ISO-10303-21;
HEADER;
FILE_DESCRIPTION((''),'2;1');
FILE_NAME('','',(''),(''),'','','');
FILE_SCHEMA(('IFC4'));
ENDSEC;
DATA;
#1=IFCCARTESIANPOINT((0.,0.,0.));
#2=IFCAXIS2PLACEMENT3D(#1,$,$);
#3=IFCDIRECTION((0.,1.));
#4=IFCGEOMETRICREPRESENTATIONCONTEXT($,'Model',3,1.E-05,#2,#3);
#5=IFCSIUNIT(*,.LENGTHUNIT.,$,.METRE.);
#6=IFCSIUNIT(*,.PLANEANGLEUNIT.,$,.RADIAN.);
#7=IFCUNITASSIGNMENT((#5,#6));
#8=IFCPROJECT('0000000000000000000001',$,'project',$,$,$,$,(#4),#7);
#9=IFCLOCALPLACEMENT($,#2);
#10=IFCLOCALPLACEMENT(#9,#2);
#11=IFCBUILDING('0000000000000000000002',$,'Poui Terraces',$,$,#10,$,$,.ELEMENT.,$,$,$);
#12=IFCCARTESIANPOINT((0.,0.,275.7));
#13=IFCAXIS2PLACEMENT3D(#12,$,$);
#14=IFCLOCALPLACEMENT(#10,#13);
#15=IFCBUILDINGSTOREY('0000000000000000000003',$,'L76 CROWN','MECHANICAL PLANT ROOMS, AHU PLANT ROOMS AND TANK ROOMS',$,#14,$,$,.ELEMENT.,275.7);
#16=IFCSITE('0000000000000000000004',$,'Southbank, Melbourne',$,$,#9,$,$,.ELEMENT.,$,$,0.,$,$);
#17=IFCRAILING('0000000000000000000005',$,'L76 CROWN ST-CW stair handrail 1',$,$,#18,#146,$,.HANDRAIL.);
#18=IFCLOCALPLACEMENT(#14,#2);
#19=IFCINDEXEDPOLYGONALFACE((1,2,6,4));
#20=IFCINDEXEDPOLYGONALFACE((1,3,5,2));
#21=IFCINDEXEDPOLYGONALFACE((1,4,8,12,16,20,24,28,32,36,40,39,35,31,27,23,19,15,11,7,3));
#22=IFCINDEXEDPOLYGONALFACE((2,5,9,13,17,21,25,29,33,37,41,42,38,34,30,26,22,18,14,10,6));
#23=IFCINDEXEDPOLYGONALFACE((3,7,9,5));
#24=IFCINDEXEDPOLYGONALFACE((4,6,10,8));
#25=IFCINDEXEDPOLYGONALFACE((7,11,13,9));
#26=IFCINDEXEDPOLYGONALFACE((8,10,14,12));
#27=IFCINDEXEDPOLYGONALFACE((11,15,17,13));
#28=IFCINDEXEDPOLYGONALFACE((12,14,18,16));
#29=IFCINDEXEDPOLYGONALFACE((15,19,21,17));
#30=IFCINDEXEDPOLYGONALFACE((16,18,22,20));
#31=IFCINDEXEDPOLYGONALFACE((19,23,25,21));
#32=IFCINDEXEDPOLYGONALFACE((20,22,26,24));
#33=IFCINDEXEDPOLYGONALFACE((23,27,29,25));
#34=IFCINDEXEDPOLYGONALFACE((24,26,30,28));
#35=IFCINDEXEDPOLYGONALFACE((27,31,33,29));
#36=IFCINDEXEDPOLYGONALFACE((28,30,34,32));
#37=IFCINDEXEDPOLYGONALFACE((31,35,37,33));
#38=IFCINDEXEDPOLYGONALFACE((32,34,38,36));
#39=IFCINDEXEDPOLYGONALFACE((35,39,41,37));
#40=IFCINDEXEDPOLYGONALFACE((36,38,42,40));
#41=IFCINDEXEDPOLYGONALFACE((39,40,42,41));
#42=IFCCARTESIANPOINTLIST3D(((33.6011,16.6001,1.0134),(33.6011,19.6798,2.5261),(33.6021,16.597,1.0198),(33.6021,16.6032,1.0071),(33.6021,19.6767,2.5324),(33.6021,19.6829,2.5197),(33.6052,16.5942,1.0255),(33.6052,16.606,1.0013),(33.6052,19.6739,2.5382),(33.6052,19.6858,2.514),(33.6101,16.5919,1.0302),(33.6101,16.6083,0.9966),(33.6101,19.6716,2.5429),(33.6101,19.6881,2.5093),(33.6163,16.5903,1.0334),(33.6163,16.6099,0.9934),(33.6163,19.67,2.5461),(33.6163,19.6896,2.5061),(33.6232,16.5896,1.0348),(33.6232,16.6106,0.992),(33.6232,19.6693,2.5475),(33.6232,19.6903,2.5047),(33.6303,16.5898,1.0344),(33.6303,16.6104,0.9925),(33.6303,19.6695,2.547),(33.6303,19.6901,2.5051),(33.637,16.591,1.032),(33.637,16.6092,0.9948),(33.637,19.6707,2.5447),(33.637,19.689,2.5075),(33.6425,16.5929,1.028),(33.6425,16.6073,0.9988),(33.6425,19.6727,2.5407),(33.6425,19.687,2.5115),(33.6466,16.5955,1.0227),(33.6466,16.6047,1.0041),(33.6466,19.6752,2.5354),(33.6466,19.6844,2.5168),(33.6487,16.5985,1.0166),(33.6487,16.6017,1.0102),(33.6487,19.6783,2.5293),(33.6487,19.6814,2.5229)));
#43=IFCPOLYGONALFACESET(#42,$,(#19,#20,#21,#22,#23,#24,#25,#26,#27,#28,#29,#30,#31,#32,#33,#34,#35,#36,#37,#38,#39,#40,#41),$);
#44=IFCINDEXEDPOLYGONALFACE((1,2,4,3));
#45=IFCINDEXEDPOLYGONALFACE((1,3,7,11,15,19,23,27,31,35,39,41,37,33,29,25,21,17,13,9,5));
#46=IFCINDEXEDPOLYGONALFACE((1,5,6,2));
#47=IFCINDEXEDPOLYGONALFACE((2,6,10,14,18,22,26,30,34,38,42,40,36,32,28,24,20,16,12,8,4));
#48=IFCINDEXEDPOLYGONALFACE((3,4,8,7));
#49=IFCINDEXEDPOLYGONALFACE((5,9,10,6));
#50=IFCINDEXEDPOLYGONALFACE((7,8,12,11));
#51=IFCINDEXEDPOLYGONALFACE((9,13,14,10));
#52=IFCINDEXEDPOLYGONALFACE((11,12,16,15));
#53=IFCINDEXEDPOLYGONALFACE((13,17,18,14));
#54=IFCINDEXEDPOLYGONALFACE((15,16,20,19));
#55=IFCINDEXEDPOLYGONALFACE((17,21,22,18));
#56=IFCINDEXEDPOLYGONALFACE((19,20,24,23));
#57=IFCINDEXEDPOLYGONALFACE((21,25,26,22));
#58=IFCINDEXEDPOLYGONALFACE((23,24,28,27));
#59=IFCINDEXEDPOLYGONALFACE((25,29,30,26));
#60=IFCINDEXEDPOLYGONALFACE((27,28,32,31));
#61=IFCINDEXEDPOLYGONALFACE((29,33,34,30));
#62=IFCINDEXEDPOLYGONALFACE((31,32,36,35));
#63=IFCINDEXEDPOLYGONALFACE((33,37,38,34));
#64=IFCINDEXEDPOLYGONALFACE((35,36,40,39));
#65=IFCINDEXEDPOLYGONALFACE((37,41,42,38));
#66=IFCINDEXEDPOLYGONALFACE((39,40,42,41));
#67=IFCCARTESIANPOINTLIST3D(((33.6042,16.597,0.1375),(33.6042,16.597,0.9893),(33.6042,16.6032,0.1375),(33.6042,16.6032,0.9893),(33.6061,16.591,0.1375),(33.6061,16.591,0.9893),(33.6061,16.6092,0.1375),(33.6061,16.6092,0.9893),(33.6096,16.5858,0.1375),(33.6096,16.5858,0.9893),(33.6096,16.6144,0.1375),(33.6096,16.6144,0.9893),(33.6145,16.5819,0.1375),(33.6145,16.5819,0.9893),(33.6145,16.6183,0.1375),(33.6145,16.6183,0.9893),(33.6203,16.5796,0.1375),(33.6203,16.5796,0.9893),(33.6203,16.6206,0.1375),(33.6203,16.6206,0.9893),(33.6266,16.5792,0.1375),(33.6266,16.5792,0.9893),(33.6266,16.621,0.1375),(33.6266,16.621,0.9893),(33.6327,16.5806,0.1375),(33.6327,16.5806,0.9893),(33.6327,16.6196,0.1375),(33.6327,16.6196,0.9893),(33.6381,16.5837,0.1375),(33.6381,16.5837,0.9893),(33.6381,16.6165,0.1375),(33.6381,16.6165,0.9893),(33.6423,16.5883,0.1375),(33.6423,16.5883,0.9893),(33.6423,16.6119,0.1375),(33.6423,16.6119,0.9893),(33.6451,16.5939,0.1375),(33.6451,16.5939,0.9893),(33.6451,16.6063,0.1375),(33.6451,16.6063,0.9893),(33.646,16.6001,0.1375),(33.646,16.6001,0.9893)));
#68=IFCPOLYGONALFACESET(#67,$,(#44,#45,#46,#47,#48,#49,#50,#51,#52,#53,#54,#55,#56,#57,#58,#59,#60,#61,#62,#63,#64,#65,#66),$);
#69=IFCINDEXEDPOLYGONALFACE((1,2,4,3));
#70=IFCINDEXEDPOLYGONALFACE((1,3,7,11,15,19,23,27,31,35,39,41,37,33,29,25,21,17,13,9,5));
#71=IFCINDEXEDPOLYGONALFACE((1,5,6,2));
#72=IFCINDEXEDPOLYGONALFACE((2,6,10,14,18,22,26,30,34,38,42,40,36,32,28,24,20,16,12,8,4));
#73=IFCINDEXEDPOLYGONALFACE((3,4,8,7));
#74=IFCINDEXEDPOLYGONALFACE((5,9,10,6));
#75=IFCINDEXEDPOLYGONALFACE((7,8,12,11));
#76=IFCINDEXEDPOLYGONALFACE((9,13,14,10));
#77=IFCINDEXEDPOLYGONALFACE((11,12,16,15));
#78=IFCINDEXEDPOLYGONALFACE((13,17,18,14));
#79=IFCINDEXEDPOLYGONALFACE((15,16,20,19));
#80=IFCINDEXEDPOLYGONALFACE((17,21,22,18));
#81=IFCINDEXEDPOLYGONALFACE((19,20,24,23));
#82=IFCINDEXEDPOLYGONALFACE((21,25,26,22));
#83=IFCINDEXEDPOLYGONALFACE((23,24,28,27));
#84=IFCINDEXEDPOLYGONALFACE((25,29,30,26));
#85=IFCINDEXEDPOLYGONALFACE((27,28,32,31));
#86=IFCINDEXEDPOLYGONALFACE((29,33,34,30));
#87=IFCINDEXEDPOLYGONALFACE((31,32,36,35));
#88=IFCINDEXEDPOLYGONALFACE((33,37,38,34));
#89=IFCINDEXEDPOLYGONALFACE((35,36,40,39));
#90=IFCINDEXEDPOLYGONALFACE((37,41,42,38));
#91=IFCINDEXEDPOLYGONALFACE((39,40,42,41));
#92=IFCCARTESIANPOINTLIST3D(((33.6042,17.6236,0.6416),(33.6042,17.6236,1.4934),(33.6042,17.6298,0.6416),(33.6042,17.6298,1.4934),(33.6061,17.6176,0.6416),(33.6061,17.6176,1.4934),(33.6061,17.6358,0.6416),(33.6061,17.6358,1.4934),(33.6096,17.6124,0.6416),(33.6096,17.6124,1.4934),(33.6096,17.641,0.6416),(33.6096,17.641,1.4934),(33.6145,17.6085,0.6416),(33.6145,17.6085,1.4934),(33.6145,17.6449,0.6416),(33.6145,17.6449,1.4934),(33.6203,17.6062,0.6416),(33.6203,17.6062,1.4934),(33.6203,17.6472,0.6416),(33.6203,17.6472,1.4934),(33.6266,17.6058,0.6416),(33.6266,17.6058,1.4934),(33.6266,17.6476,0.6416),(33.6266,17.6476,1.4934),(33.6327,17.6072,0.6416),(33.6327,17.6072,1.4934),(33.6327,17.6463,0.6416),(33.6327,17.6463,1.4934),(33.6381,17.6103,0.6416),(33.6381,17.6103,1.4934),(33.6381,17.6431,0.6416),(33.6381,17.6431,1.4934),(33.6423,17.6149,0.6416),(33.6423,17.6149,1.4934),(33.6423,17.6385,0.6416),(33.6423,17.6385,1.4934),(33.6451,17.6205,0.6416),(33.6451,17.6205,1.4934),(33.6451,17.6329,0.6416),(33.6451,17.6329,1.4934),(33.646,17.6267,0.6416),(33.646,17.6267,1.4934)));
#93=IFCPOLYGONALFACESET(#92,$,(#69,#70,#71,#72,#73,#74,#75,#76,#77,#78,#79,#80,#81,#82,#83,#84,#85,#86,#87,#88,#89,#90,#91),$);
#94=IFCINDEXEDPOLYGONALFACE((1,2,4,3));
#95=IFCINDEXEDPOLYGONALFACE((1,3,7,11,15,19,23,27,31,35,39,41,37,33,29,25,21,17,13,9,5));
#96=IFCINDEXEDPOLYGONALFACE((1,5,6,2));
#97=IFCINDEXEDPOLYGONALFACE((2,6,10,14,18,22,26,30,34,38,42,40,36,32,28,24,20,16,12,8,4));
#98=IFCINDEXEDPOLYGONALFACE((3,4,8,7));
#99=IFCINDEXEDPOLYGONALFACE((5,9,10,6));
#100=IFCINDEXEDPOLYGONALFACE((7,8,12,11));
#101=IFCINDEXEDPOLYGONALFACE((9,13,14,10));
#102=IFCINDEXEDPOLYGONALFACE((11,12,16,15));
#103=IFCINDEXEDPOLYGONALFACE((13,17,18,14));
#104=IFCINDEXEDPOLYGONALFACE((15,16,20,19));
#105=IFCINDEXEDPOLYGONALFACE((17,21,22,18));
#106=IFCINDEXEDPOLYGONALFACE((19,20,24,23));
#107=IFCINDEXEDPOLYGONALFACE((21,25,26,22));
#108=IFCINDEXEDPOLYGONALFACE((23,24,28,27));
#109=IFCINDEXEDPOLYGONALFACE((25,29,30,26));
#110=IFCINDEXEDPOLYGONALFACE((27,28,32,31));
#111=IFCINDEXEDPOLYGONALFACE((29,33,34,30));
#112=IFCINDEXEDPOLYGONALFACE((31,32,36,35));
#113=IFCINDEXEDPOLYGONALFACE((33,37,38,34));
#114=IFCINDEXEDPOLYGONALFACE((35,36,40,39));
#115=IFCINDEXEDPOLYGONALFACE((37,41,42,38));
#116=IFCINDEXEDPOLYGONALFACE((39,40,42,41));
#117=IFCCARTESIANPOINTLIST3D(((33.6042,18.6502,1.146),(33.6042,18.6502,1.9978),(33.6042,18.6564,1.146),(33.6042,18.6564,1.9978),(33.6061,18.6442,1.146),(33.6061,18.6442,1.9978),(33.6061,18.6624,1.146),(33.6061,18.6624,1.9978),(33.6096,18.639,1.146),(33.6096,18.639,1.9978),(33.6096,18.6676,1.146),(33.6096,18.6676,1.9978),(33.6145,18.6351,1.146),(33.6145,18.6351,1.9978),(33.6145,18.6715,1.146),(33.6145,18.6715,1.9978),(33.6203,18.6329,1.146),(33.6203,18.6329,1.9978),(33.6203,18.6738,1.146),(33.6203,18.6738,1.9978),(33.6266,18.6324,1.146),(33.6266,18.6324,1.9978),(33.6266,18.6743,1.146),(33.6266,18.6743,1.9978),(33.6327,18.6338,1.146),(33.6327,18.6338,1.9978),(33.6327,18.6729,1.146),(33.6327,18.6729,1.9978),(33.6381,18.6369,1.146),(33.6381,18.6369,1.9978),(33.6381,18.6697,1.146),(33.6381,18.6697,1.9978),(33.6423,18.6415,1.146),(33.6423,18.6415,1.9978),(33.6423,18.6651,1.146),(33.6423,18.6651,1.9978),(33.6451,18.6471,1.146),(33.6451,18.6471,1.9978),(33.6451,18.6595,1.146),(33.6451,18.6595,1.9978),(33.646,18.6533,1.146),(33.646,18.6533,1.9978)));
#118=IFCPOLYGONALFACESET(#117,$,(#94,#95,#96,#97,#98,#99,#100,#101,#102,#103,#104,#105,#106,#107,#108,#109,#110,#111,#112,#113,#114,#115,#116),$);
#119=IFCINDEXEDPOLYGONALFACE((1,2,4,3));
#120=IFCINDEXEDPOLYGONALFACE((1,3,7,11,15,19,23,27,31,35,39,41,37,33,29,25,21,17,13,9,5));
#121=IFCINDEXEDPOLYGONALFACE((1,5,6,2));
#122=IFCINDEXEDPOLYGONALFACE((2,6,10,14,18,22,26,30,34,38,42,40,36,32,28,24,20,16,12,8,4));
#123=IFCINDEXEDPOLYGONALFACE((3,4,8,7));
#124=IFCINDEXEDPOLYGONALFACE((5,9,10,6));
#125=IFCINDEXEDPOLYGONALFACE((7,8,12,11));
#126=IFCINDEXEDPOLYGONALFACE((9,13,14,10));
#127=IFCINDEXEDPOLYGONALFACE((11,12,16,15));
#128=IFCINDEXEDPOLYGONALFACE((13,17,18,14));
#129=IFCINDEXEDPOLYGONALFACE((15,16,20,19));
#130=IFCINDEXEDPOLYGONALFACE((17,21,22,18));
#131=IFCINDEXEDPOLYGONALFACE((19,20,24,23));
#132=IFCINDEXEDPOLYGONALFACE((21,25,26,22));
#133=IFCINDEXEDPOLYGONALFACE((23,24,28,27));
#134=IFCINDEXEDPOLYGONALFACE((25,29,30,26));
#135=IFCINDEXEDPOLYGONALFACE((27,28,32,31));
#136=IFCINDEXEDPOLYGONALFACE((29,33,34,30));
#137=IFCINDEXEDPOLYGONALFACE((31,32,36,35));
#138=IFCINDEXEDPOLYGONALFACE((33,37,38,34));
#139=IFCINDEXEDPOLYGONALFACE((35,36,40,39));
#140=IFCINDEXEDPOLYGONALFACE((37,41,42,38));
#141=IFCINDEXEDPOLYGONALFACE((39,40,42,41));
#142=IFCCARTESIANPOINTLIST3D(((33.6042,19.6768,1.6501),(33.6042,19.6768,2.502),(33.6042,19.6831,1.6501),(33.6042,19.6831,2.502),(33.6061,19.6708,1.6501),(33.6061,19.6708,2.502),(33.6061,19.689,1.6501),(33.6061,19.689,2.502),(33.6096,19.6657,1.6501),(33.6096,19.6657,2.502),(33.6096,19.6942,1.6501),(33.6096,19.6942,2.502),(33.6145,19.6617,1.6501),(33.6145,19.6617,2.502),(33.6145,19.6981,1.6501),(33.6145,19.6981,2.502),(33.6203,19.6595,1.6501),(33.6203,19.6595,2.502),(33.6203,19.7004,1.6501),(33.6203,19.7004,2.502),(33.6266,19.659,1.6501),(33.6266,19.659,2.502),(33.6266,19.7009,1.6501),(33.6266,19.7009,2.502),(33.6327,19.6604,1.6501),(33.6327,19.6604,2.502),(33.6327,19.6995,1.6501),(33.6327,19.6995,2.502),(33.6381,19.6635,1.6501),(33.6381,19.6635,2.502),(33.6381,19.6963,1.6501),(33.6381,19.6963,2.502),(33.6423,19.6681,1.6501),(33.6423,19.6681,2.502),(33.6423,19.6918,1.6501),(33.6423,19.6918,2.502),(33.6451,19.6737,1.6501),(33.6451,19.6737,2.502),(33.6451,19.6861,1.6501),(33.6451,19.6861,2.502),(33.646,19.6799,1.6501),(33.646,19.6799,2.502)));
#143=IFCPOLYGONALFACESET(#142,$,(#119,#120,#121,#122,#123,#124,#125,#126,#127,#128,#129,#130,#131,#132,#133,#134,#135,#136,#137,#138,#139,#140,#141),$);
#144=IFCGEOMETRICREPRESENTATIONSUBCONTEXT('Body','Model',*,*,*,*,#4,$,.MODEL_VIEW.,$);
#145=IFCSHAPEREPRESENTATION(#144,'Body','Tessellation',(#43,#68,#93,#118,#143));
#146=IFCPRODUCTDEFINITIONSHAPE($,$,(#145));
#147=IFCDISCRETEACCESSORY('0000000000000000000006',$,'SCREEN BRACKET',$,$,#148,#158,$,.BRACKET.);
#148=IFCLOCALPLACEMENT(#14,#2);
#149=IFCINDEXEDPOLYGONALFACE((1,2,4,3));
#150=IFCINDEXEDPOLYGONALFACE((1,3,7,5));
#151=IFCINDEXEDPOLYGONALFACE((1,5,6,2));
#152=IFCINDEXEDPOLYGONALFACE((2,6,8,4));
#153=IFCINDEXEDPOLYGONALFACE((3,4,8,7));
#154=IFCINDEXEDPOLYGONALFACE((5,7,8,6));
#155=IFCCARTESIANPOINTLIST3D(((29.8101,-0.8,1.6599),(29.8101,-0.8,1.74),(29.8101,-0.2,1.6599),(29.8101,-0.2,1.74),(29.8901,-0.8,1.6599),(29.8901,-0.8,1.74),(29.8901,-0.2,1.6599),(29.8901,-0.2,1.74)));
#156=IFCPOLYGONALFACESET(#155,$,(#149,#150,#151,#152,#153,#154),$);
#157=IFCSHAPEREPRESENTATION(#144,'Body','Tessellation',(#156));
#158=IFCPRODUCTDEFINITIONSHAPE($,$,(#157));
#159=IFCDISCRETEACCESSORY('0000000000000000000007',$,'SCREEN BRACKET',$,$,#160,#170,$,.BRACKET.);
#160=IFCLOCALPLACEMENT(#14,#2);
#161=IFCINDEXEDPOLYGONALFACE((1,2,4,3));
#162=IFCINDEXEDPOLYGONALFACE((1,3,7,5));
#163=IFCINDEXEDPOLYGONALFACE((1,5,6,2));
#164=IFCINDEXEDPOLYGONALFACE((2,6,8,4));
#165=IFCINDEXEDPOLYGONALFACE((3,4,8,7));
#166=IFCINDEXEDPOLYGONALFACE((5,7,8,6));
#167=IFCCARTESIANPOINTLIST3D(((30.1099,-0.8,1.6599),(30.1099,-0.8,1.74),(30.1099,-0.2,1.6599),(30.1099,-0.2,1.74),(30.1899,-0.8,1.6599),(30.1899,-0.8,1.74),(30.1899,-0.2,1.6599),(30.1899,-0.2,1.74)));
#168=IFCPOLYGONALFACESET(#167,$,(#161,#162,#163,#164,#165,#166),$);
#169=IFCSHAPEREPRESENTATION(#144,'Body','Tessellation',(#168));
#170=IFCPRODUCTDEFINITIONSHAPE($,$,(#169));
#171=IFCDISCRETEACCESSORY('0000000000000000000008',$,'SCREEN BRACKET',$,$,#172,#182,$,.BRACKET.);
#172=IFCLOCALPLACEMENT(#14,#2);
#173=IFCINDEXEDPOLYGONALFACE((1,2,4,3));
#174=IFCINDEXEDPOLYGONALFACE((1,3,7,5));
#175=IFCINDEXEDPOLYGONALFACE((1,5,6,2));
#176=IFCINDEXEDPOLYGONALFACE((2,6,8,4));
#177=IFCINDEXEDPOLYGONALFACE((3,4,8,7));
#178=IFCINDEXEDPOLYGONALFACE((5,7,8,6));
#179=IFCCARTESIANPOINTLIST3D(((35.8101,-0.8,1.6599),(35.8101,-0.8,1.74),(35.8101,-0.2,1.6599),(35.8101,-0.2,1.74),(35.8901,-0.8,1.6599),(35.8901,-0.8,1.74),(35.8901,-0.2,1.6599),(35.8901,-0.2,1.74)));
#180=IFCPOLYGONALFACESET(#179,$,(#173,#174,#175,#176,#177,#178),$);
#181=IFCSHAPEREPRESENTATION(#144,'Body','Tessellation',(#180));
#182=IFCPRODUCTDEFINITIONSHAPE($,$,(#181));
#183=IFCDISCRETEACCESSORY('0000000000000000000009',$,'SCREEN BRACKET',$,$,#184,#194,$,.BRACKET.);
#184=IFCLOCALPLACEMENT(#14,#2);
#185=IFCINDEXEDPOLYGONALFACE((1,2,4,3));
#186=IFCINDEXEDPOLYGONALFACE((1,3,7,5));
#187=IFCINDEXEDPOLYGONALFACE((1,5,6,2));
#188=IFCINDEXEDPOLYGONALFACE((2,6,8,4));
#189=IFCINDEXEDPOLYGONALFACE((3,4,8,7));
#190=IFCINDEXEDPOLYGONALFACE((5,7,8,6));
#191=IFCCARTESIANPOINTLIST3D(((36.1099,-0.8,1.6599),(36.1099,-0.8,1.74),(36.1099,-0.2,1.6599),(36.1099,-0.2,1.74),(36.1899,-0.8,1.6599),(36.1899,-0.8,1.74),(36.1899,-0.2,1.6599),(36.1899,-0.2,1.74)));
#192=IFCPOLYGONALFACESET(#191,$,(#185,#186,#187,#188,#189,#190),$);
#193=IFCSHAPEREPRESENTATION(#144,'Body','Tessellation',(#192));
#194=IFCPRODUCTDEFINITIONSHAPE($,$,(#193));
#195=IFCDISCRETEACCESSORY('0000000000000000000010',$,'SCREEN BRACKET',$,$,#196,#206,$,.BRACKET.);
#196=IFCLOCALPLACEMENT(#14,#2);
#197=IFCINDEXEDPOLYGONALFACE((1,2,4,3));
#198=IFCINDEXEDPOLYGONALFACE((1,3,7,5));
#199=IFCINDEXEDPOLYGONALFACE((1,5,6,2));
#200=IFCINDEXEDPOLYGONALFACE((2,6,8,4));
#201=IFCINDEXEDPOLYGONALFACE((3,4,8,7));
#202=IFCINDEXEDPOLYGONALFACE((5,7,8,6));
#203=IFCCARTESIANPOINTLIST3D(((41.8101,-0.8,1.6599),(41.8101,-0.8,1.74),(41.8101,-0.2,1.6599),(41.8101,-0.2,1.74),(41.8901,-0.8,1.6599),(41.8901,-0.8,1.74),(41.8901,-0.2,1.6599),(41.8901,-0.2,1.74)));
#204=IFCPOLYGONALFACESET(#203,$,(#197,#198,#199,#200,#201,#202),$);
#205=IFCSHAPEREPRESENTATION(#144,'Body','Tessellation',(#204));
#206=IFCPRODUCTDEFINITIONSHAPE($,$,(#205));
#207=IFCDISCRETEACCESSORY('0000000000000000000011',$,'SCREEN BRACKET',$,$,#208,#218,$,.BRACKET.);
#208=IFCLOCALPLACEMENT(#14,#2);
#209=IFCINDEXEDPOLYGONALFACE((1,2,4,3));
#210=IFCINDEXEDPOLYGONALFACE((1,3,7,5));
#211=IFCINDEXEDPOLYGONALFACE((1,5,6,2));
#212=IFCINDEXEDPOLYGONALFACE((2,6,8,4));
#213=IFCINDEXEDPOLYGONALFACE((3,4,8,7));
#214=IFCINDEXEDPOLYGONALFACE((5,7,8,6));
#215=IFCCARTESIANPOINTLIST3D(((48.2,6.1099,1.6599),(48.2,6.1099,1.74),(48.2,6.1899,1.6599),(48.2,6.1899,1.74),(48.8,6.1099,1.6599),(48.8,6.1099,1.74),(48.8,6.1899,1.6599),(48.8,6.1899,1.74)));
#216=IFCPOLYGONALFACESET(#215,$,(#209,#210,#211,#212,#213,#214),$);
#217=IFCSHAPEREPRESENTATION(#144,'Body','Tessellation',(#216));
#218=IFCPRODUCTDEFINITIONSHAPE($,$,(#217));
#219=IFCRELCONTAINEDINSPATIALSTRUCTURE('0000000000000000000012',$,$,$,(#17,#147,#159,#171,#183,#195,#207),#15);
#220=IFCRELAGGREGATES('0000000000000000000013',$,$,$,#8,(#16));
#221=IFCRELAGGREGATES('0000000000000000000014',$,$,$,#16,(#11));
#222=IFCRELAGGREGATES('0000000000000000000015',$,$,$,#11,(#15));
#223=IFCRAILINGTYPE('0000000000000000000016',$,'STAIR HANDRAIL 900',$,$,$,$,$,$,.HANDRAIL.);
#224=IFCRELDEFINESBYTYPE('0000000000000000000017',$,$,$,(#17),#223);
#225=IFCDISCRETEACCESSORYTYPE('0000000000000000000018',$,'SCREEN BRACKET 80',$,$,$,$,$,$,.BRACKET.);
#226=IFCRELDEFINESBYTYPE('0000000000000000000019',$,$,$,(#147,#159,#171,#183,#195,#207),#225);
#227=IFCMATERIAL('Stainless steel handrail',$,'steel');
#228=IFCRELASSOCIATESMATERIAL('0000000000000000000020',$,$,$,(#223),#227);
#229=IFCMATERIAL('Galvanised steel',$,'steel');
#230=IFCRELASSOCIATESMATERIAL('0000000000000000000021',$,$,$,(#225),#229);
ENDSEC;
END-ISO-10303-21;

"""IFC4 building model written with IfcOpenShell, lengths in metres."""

from ifc_helpers import new_model, si_unit, direction, frame, origin, origin_2d, place, context, subcontext, project, spatial, rectangle, circle, extrude, source, transform, mapped, material, material_profile, profile_set, type_object, element, save


model = new_model("IFC4")

# Units and contexts
model_context = context("Model", 3, precision=1e-05, world=origin(), true_north=direction((0.0, 1.0)))
body_context = subcontext(model_context, "Body", "Model", "MODEL_VIEW")
ifc_project = project(units=[si_unit("LENGTHUNIT", "METRE"), si_unit("PLANEANGLEUNIT", "RADIAN")], contexts=[model_context])

# Site, building, storey
site_placement = place(None, origin())
site = spatial("IfcSite", under=ifc_project, at=site_placement, Name="Southbank, Melbourne", CompositionType="ELEMENT", RefElevation=0.0)
building_placement = place(site_placement, origin())
building = spatial("IfcBuilding", under=site, at=building_placement, Name="Poui Terraces", CompositionType="ELEMENT")
storey_placement = place(building_placement, frame((0.0, 0.0, 275.7)))
storey = spatial("IfcBuildingStorey", under=building, at=storey_placement, Name="L76 CROWN", Description="MECHANICAL PLANT ROOMS, AHU PLANT ROOMS AND TANK ROOMS", CompositionType="ELEMENT", Elevation=275.7)

# Railing
ifc_material_1 = material(Name="Stainless steel handrail", Category="steel")
railing_type_1 = type_object("IfcRailingType", Name="STAIR HANDRAIL 900", PredefinedType="HANDRAIL", material=ifc_material_1)
railing_1_placement = place(storey_placement, frame((33.625, 16.6001, 0.1375)))
element("IfcRailing", 1, at=railing_1_placement, inside=storey, type_object=railing_type_1, Name="L76 CROWN ST-CW stair handrail 1", PredefinedType="HANDRAIL", context=body_context, shape_type="SweptSolid", body=[
    extrude(circle(Radius=0.0239, at=origin_2d()), frame((0.0, 0.0, 0.876), z_axis=(0.0, 0.897578, 0.440856), x_axis=(-1.0, 0.0, 0.0)), (0.0, 0.0, 1.0), 3.4312),
    extrude(circle(Radius=0.021, at=origin_2d()), origin(), (0.0, 0.0, 1.0), 0.8518),
    extrude(circle(Radius=0.021, at=origin_2d()), frame((0.0, 1.0266, 0.5042)), (0.0, 0.0, 1.0), 0.8518),
    extrude(circle(Radius=0.021, at=origin_2d()), frame((0.0, 2.0532, 1.0085)), (0.0, 0.0, 1.0), 0.8518),
    extrude(circle(Radius=0.021, at=origin_2d()), frame((0.0, 3.0798, 1.5127)), (0.0, 0.0, 1.0), 0.8518),
])

# Discrete accessories
ifc_material_2 = material(Name="Galvanised steel", Category="steel")
ifc_material_profile_1 = material_profile(ifc_material_2, rectangle(XDim=0.0801, YDim=0.0801, at=origin_2d()), Name="SCREEN BRACKET 80")
ifc_profile_set_1 = profile_set([ifc_material_profile_1], Name="Galvanised steel")
discrete_accessory_type = type_object("IfcDiscreteAccessoryType", Name="SCREEN BRACKET 80", PredefinedType="BRACKET", material=ifc_profile_set_1)
shared_shape_1 = source(origin(), body_context, "Body", "SweptSolid", [
    extrude(rectangle(XDim=0.0801, YDim=0.0801, at=origin_2d()), origin(), (0.0, 0.0, 1.0), 0.6001),
])
for number, where, z_axis, x_axis, name in (
    (2, (29.8501, -0.2, 1.7), (0.0, -1.0, 0.0), (1.0, 0.0, 0.0), "SCREEN BRACKET"),
    (3, (30.1499, -0.2, 1.7), (0.0, -1.0, 0.0), (1.0, 0.0, 0.0), "SCREEN BRACKET"),
    (4, (35.8501, -0.2, 1.7), (0.0, -1.0, 0.0), (1.0, 0.0, 0.0), "SCREEN BRACKET"),
    (5, (36.1499, -0.2, 1.7), (0.0, -1.0, 0.0), (1.0, 0.0, 0.0), "SCREEN BRACKET"),
    (6, (41.8501, -0.2, 1.7), (0.0, -1.0, 0.0), (1.0, 0.0, 0.0), "SCREEN BRACKET"),
    (7, (48.2, 6.1499, 1.7), (1.0, 0.0, 0.0), (0.0, 1.0, 0.0), "SCREEN BRACKET"),
):
    element("IfcDiscreteAccessory", number, at=place(storey_placement, frame(where, z_axis=z_axis, x_axis=x_axis)), inside=storey, type_object=discrete_accessory_type, Name=name, PredefinedType="BRACKET", context=body_context, shape_type="MappedRepresentation", body=[
        mapped(shared_shape_1, transform((0.0, 0.0, 0.0))),
    ])

save(model, "model.ifc")
